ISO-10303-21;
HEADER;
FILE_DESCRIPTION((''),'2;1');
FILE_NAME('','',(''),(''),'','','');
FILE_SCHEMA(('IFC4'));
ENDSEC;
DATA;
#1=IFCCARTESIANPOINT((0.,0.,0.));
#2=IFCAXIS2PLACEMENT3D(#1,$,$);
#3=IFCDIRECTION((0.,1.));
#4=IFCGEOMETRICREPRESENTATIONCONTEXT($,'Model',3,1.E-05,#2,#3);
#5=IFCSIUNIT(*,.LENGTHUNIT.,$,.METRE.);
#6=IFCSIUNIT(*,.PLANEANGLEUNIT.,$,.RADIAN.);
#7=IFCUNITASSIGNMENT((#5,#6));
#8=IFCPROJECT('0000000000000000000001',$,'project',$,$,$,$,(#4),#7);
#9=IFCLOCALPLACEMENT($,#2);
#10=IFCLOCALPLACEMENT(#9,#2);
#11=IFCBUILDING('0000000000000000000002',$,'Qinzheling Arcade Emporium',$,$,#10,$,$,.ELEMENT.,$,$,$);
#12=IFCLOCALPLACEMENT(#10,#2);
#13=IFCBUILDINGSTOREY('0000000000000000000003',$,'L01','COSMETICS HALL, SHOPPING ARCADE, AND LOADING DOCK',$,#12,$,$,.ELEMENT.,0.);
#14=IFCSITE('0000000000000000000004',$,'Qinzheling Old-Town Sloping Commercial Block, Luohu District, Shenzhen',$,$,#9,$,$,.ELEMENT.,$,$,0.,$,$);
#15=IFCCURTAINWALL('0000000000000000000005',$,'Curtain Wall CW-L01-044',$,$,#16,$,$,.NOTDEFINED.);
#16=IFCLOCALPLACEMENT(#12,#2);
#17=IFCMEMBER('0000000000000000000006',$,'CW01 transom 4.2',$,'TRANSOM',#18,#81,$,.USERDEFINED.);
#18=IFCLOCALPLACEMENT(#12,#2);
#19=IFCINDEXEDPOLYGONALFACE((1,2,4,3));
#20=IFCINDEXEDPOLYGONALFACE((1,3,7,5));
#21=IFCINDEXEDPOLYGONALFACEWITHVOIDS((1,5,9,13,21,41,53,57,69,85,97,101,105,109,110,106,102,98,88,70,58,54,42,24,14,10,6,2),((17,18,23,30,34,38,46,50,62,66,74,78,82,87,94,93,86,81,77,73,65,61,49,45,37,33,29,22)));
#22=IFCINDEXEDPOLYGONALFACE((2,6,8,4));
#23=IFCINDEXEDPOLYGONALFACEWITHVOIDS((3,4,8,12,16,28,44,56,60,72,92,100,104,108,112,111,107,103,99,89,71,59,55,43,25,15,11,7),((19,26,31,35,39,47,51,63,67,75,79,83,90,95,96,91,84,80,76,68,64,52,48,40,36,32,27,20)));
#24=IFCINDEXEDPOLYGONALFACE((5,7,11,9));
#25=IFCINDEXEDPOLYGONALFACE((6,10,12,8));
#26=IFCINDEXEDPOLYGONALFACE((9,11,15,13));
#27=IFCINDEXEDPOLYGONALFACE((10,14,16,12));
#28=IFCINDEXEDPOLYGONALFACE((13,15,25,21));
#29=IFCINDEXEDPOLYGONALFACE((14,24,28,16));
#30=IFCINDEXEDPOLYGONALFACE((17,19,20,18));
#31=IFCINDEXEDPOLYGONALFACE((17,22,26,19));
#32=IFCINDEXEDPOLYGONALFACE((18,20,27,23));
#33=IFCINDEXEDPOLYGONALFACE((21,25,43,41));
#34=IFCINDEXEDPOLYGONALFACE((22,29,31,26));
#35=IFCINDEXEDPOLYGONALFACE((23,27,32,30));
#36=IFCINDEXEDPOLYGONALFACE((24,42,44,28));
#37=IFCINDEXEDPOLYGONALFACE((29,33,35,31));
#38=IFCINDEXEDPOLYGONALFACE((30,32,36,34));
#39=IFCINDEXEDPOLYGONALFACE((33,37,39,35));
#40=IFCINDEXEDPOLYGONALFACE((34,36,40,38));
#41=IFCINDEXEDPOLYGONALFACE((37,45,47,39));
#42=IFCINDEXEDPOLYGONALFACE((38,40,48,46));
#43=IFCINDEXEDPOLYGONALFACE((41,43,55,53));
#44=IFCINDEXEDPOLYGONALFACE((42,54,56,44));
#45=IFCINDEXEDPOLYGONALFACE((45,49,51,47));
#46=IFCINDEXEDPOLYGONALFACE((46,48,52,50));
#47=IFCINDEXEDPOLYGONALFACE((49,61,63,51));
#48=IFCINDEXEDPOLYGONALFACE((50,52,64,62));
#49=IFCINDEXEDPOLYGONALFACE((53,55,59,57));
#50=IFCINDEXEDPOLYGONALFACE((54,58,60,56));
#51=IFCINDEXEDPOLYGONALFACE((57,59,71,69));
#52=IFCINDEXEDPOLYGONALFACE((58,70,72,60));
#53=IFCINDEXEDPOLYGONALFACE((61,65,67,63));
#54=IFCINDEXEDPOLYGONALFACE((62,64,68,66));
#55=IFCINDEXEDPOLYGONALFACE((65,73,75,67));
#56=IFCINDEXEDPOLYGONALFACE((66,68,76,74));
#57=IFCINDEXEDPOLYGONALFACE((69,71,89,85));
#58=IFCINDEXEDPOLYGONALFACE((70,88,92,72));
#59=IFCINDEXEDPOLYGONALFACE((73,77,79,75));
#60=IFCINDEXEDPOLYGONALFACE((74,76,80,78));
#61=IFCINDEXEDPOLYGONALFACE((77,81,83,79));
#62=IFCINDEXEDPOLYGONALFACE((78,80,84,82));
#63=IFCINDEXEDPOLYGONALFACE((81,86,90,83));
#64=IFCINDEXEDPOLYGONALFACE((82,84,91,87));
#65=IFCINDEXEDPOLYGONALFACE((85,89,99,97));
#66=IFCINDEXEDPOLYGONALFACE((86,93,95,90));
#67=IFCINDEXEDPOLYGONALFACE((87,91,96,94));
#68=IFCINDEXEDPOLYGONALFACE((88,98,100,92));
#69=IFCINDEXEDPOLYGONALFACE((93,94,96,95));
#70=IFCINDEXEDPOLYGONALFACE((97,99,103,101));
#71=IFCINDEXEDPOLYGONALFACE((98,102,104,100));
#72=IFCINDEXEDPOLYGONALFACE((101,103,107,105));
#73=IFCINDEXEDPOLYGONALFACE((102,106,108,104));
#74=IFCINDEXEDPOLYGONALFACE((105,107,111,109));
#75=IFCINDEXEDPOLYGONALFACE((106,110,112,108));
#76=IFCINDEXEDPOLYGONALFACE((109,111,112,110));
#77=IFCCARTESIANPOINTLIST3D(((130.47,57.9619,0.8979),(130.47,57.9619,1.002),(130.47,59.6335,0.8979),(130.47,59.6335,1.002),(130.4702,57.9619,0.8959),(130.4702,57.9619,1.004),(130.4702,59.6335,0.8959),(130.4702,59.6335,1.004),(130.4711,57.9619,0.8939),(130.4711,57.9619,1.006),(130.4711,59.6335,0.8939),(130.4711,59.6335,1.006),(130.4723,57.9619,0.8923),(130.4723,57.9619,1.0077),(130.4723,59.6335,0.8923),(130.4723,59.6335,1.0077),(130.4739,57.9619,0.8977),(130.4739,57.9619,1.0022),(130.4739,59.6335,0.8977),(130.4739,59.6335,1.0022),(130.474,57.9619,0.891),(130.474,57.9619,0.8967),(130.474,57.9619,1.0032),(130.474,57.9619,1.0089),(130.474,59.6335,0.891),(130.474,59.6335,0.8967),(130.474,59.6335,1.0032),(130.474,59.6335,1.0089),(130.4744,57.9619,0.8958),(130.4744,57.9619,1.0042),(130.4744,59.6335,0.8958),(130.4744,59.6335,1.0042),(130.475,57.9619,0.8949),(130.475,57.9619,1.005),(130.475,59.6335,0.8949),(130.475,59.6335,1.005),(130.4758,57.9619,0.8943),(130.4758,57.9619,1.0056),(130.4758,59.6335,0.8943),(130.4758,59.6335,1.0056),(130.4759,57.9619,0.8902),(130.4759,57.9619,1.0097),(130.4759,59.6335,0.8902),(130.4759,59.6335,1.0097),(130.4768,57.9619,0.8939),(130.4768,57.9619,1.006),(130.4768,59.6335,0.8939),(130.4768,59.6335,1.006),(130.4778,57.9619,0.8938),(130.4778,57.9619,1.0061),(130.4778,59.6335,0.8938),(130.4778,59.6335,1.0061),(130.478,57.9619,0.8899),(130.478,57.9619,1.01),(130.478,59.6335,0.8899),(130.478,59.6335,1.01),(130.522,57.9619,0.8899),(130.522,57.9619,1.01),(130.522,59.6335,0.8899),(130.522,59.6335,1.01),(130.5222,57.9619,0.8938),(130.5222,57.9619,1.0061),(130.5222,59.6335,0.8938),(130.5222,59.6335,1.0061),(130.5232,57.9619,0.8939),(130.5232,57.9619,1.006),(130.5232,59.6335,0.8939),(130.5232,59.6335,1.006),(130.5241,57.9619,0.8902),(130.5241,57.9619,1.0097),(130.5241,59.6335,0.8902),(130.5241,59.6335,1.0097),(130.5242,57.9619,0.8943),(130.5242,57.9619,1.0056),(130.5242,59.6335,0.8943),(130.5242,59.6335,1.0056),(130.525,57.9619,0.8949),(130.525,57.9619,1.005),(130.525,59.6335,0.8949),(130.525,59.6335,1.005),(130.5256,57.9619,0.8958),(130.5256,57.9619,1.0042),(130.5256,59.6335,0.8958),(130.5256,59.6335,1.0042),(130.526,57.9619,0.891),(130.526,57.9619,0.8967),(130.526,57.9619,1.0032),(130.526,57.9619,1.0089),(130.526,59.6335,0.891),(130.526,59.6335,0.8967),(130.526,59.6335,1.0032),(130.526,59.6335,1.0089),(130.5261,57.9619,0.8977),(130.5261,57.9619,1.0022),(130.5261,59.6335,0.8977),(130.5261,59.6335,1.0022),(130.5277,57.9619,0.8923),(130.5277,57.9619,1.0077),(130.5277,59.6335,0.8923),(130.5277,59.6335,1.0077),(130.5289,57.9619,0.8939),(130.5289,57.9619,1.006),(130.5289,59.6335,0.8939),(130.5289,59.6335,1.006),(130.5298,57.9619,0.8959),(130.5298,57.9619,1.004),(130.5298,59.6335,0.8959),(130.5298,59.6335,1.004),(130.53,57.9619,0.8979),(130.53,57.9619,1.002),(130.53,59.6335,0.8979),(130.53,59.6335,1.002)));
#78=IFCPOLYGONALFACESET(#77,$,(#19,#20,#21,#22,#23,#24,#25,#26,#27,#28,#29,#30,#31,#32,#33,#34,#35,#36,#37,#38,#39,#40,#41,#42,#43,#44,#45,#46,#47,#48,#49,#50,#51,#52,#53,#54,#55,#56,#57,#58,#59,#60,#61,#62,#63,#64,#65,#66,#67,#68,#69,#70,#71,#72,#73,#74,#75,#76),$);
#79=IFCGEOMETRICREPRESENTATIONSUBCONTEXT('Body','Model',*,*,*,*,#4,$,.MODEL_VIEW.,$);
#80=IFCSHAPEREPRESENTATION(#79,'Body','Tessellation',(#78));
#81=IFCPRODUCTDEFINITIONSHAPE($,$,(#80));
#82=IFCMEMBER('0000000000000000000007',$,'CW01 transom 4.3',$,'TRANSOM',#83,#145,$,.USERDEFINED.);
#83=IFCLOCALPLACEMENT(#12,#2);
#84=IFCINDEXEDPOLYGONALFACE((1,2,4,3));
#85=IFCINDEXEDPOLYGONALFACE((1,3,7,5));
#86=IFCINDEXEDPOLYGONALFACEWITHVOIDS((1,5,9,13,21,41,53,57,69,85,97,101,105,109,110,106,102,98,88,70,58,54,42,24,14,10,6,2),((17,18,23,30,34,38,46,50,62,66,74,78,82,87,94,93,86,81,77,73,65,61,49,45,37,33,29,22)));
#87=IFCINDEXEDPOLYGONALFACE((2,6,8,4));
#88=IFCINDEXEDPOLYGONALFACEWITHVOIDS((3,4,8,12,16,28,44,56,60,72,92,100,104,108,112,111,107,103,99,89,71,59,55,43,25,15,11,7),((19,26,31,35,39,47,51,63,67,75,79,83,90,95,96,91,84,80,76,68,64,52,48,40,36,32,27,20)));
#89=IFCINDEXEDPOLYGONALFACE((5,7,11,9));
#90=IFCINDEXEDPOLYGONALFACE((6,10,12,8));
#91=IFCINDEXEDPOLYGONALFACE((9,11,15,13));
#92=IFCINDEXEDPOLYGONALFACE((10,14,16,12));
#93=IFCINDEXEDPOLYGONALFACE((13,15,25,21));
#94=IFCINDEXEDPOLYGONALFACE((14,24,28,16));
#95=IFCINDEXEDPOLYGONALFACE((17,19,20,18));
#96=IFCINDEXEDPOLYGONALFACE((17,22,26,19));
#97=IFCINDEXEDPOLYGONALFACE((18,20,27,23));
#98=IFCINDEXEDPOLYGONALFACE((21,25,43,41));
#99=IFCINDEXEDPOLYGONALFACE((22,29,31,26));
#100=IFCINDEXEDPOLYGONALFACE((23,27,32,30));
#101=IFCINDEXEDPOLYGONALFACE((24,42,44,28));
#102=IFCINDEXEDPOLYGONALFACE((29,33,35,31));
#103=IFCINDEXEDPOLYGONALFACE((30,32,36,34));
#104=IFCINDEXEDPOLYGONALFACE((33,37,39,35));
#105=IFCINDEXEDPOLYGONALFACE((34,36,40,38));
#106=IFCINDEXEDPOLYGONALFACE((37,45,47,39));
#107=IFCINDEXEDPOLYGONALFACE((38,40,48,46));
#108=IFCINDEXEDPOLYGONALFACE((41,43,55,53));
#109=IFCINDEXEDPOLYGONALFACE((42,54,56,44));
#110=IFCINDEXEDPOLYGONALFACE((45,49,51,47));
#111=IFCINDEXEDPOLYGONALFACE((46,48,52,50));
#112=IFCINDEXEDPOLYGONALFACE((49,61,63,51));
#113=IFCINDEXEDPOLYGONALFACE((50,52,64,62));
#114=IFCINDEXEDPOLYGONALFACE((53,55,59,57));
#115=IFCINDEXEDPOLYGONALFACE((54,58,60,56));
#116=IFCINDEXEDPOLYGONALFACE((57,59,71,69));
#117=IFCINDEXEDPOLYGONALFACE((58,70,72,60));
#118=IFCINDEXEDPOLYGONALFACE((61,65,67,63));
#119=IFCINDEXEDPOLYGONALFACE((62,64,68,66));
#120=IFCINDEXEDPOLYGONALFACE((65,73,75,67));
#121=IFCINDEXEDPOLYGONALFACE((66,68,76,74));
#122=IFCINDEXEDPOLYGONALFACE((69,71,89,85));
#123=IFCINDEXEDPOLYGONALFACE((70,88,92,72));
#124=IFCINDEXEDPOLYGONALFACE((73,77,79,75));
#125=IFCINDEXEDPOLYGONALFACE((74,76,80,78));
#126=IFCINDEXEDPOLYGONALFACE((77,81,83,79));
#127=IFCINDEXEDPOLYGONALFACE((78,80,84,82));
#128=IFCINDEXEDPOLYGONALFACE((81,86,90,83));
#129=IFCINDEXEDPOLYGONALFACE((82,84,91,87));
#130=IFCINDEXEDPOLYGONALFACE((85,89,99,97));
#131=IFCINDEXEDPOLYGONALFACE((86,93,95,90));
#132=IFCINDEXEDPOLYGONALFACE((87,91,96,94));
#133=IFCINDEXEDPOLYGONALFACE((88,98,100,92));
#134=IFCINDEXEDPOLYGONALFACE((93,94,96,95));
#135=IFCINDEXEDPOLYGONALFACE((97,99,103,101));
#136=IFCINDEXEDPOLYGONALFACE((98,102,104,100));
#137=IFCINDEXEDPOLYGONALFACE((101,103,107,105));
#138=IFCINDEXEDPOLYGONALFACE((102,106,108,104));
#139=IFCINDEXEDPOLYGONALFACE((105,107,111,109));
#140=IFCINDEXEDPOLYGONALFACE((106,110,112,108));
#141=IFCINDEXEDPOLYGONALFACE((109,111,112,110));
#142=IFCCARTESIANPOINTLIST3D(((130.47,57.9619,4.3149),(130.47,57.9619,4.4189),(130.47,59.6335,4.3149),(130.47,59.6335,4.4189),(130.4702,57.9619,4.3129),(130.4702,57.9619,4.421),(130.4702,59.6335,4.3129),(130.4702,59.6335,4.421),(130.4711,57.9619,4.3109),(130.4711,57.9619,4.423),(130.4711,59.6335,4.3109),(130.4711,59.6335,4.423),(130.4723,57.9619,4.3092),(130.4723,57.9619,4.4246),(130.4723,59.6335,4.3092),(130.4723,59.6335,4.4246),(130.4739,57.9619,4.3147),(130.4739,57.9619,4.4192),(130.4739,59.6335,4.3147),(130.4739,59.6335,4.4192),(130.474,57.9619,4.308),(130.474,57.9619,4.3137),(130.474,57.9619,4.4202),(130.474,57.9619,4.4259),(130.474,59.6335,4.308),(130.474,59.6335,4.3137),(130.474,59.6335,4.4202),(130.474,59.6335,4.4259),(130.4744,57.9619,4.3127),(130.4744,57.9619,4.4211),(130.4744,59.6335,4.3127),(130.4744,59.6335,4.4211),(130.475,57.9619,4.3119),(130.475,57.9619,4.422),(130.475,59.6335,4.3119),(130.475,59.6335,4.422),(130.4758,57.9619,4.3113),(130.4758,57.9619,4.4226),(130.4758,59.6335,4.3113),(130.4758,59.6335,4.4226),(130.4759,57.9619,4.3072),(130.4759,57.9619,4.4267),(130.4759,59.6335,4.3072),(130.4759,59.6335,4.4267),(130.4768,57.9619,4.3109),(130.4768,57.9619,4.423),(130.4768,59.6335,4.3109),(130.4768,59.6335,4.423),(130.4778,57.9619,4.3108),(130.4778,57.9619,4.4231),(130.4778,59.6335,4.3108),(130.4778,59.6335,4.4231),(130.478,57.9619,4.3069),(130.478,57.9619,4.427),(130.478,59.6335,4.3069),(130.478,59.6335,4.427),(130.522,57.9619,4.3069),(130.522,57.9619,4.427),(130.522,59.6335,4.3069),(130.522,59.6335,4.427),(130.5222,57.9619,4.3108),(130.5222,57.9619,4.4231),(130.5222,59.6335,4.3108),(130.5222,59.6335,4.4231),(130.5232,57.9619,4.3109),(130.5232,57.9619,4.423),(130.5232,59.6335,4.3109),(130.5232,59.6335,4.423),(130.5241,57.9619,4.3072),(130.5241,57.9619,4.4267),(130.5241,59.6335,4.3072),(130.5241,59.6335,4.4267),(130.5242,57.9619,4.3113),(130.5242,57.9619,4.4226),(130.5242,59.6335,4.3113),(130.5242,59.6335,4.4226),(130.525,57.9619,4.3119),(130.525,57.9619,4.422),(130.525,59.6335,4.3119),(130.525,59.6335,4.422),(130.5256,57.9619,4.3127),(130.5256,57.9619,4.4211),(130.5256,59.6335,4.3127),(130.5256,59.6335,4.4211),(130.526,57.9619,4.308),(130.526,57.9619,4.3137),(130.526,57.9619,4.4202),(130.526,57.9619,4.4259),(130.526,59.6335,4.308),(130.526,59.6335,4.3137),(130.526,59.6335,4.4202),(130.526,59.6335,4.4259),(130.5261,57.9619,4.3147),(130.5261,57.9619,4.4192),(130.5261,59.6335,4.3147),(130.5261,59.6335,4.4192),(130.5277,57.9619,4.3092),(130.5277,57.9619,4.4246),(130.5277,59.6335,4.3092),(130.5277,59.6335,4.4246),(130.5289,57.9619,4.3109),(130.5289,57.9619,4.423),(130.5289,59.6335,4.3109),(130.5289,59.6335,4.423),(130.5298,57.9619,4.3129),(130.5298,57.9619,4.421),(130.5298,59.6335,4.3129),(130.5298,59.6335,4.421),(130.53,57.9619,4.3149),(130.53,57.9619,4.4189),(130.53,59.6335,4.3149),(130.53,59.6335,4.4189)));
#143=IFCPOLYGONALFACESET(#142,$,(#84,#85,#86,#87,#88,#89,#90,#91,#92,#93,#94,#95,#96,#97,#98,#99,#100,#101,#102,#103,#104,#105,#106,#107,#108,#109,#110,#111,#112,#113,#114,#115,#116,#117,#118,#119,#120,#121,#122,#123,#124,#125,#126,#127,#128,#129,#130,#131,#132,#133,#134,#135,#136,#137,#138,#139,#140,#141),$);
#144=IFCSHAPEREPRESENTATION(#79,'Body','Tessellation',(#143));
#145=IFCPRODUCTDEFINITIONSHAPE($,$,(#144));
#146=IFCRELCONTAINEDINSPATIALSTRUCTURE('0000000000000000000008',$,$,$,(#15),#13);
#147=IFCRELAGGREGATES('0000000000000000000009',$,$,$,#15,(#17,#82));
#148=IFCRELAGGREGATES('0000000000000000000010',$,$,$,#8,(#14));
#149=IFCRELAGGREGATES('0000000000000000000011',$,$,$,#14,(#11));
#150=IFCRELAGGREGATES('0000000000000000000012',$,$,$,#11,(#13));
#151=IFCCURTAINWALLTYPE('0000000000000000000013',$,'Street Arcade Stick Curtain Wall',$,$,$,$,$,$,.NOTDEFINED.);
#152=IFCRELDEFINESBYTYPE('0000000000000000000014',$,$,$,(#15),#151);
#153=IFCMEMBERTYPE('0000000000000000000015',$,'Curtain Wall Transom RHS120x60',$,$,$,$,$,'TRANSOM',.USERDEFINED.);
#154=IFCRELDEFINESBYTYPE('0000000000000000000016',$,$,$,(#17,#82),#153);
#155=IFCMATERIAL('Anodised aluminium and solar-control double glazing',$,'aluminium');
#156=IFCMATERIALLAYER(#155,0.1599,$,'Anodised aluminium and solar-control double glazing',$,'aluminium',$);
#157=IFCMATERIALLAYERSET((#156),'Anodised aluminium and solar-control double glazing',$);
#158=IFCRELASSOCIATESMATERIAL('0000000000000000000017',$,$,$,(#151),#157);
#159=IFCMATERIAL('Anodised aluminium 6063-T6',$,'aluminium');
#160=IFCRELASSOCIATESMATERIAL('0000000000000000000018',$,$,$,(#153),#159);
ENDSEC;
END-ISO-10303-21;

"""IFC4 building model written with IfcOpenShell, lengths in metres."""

from ifc_helpers import new_model, si_unit, direction, frame, origin, origin_2d, place, context, subcontext, project, spatial, hollow_rectangle, extrude, material, layer, layer_set, material_profile, profile_set, type_object, element, aggregate, save


model = new_model("IFC4")

# Units and contexts
model_context = context("Model", 3, precision=1e-05, world=origin(), true_north=direction((0.0, 1.0)))
body_context = subcontext(model_context, "Body", "Model", "MODEL_VIEW")
ifc_project = project(units=[si_unit("LENGTHUNIT", "METRE"), si_unit("PLANEANGLEUNIT", "RADIAN")], contexts=[model_context])

# Site, building, storey
site_placement = place(None, origin())
site = spatial("IfcSite", under=ifc_project, at=site_placement, Name="Qinzheling Old-Town Sloping Commercial Block, Luohu District, Shenzhen", CompositionType="ELEMENT", RefElevation=0.0)
building_placement = place(site_placement, origin())
building = spatial("IfcBuilding", under=site, at=building_placement, Name="Qinzheling Arcade Emporium", CompositionType="ELEMENT")
storey_placement = place(building_placement, origin())
storey = spatial("IfcBuildingStorey", under=building, at=storey_placement, Name="L01", Description="COSMETICS HALL, SHOPPING ARCADE, AND LOADING DOCK", CompositionType="ELEMENT", Elevation=0.0)

# Shared definitions
ifc_material_1 = material(Name="Anodised aluminium and solar-control double glazing", Category="aluminium")
ifc_layer_1 = layer(ifc_material_1, 0.1599, Name="Anodised aluminium and solar-control double glazing", Category="aluminium")
ifc_layer_set_1 = layer_set([ifc_layer_1], Name="Anodised aluminium and solar-control double glazing")
curtain_wall_type = type_object("IfcCurtainWallType", Name="Street Arcade Stick Curtain Wall", PredefinedType="NOTDEFINED", material=ifc_layer_set_1)
ifc_material_2 = material(Name="Anodised aluminium 6063-T6", Category="aluminium")

# Curtain wall, members
curtain_wall_1_placement = place(storey_placement, origin())
curtain_wall_1 = element("IfcCurtainWall", 1, at=curtain_wall_1_placement, inside=storey, type_object=curtain_wall_type, Name="Curtain Wall CW-L01-044", PredefinedType="NOTDEFINED")
ifc_material_profile_1 = material_profile(ifc_material_2, hollow_rectangle(XDim=0.0601, YDim=0.1201, WallThickness=0.0039, InnerFilletRadius=0.0039, OuterFilletRadius=0.0081, at=origin_2d()), Name="RHS 120x60x4", Category="aluminium")
ifc_profile_set_1 = profile_set([ifc_material_profile_1], Name="Anodised aluminium 6063-T6")
member_type_1 = type_object("IfcMemberType", Name="Curtain Wall Transom RHS120x60", ElementType="TRANSOM", PredefinedType="USERDEFINED", material=ifc_profile_set_1)
member_1_placement = place(storey_placement, frame((130.5, 59.6335, 0.95), z_axis=(0.0, -1.0, 0.0), x_axis=(1.0, 0.0, 0.0)))
member_1 = element("IfcMember", 2, at=member_1_placement, type_object=member_type_1, Name="CW01 transom 4.2", ObjectType="TRANSOM", PredefinedType="USERDEFINED", context=body_context, shape_type="SweptSolid", body=[
    extrude(hollow_rectangle(XDim=0.0601, YDim=0.1201, WallThickness=0.0039, InnerFilletRadius=0.0039, OuterFilletRadius=0.0081, at=origin_2d()), origin(), (0.0, 0.0, 1.0), 1.6716),
])
member_2_placement = place(storey_placement, frame((130.5, 59.6335, 4.3669), z_axis=(0.0, -1.0, 0.0), x_axis=(1.0, 0.0, 0.0)))
member_2 = element("IfcMember", 3, at=member_2_placement, type_object=member_type_1, Name="CW01 transom 4.3", ObjectType="TRANSOM", PredefinedType="USERDEFINED", context=body_context, shape_type="SweptSolid", body=[
    extrude(hollow_rectangle(XDim=0.0601, YDim=0.1201, WallThickness=0.0039, InnerFilletRadius=0.0039, OuterFilletRadius=0.0081, at=origin_2d()), origin(), (0.0, 0.0, 1.0), 1.6716),
])

aggregate(curtain_wall_1, [member_1, member_2])

save(model, "model.ifc")
